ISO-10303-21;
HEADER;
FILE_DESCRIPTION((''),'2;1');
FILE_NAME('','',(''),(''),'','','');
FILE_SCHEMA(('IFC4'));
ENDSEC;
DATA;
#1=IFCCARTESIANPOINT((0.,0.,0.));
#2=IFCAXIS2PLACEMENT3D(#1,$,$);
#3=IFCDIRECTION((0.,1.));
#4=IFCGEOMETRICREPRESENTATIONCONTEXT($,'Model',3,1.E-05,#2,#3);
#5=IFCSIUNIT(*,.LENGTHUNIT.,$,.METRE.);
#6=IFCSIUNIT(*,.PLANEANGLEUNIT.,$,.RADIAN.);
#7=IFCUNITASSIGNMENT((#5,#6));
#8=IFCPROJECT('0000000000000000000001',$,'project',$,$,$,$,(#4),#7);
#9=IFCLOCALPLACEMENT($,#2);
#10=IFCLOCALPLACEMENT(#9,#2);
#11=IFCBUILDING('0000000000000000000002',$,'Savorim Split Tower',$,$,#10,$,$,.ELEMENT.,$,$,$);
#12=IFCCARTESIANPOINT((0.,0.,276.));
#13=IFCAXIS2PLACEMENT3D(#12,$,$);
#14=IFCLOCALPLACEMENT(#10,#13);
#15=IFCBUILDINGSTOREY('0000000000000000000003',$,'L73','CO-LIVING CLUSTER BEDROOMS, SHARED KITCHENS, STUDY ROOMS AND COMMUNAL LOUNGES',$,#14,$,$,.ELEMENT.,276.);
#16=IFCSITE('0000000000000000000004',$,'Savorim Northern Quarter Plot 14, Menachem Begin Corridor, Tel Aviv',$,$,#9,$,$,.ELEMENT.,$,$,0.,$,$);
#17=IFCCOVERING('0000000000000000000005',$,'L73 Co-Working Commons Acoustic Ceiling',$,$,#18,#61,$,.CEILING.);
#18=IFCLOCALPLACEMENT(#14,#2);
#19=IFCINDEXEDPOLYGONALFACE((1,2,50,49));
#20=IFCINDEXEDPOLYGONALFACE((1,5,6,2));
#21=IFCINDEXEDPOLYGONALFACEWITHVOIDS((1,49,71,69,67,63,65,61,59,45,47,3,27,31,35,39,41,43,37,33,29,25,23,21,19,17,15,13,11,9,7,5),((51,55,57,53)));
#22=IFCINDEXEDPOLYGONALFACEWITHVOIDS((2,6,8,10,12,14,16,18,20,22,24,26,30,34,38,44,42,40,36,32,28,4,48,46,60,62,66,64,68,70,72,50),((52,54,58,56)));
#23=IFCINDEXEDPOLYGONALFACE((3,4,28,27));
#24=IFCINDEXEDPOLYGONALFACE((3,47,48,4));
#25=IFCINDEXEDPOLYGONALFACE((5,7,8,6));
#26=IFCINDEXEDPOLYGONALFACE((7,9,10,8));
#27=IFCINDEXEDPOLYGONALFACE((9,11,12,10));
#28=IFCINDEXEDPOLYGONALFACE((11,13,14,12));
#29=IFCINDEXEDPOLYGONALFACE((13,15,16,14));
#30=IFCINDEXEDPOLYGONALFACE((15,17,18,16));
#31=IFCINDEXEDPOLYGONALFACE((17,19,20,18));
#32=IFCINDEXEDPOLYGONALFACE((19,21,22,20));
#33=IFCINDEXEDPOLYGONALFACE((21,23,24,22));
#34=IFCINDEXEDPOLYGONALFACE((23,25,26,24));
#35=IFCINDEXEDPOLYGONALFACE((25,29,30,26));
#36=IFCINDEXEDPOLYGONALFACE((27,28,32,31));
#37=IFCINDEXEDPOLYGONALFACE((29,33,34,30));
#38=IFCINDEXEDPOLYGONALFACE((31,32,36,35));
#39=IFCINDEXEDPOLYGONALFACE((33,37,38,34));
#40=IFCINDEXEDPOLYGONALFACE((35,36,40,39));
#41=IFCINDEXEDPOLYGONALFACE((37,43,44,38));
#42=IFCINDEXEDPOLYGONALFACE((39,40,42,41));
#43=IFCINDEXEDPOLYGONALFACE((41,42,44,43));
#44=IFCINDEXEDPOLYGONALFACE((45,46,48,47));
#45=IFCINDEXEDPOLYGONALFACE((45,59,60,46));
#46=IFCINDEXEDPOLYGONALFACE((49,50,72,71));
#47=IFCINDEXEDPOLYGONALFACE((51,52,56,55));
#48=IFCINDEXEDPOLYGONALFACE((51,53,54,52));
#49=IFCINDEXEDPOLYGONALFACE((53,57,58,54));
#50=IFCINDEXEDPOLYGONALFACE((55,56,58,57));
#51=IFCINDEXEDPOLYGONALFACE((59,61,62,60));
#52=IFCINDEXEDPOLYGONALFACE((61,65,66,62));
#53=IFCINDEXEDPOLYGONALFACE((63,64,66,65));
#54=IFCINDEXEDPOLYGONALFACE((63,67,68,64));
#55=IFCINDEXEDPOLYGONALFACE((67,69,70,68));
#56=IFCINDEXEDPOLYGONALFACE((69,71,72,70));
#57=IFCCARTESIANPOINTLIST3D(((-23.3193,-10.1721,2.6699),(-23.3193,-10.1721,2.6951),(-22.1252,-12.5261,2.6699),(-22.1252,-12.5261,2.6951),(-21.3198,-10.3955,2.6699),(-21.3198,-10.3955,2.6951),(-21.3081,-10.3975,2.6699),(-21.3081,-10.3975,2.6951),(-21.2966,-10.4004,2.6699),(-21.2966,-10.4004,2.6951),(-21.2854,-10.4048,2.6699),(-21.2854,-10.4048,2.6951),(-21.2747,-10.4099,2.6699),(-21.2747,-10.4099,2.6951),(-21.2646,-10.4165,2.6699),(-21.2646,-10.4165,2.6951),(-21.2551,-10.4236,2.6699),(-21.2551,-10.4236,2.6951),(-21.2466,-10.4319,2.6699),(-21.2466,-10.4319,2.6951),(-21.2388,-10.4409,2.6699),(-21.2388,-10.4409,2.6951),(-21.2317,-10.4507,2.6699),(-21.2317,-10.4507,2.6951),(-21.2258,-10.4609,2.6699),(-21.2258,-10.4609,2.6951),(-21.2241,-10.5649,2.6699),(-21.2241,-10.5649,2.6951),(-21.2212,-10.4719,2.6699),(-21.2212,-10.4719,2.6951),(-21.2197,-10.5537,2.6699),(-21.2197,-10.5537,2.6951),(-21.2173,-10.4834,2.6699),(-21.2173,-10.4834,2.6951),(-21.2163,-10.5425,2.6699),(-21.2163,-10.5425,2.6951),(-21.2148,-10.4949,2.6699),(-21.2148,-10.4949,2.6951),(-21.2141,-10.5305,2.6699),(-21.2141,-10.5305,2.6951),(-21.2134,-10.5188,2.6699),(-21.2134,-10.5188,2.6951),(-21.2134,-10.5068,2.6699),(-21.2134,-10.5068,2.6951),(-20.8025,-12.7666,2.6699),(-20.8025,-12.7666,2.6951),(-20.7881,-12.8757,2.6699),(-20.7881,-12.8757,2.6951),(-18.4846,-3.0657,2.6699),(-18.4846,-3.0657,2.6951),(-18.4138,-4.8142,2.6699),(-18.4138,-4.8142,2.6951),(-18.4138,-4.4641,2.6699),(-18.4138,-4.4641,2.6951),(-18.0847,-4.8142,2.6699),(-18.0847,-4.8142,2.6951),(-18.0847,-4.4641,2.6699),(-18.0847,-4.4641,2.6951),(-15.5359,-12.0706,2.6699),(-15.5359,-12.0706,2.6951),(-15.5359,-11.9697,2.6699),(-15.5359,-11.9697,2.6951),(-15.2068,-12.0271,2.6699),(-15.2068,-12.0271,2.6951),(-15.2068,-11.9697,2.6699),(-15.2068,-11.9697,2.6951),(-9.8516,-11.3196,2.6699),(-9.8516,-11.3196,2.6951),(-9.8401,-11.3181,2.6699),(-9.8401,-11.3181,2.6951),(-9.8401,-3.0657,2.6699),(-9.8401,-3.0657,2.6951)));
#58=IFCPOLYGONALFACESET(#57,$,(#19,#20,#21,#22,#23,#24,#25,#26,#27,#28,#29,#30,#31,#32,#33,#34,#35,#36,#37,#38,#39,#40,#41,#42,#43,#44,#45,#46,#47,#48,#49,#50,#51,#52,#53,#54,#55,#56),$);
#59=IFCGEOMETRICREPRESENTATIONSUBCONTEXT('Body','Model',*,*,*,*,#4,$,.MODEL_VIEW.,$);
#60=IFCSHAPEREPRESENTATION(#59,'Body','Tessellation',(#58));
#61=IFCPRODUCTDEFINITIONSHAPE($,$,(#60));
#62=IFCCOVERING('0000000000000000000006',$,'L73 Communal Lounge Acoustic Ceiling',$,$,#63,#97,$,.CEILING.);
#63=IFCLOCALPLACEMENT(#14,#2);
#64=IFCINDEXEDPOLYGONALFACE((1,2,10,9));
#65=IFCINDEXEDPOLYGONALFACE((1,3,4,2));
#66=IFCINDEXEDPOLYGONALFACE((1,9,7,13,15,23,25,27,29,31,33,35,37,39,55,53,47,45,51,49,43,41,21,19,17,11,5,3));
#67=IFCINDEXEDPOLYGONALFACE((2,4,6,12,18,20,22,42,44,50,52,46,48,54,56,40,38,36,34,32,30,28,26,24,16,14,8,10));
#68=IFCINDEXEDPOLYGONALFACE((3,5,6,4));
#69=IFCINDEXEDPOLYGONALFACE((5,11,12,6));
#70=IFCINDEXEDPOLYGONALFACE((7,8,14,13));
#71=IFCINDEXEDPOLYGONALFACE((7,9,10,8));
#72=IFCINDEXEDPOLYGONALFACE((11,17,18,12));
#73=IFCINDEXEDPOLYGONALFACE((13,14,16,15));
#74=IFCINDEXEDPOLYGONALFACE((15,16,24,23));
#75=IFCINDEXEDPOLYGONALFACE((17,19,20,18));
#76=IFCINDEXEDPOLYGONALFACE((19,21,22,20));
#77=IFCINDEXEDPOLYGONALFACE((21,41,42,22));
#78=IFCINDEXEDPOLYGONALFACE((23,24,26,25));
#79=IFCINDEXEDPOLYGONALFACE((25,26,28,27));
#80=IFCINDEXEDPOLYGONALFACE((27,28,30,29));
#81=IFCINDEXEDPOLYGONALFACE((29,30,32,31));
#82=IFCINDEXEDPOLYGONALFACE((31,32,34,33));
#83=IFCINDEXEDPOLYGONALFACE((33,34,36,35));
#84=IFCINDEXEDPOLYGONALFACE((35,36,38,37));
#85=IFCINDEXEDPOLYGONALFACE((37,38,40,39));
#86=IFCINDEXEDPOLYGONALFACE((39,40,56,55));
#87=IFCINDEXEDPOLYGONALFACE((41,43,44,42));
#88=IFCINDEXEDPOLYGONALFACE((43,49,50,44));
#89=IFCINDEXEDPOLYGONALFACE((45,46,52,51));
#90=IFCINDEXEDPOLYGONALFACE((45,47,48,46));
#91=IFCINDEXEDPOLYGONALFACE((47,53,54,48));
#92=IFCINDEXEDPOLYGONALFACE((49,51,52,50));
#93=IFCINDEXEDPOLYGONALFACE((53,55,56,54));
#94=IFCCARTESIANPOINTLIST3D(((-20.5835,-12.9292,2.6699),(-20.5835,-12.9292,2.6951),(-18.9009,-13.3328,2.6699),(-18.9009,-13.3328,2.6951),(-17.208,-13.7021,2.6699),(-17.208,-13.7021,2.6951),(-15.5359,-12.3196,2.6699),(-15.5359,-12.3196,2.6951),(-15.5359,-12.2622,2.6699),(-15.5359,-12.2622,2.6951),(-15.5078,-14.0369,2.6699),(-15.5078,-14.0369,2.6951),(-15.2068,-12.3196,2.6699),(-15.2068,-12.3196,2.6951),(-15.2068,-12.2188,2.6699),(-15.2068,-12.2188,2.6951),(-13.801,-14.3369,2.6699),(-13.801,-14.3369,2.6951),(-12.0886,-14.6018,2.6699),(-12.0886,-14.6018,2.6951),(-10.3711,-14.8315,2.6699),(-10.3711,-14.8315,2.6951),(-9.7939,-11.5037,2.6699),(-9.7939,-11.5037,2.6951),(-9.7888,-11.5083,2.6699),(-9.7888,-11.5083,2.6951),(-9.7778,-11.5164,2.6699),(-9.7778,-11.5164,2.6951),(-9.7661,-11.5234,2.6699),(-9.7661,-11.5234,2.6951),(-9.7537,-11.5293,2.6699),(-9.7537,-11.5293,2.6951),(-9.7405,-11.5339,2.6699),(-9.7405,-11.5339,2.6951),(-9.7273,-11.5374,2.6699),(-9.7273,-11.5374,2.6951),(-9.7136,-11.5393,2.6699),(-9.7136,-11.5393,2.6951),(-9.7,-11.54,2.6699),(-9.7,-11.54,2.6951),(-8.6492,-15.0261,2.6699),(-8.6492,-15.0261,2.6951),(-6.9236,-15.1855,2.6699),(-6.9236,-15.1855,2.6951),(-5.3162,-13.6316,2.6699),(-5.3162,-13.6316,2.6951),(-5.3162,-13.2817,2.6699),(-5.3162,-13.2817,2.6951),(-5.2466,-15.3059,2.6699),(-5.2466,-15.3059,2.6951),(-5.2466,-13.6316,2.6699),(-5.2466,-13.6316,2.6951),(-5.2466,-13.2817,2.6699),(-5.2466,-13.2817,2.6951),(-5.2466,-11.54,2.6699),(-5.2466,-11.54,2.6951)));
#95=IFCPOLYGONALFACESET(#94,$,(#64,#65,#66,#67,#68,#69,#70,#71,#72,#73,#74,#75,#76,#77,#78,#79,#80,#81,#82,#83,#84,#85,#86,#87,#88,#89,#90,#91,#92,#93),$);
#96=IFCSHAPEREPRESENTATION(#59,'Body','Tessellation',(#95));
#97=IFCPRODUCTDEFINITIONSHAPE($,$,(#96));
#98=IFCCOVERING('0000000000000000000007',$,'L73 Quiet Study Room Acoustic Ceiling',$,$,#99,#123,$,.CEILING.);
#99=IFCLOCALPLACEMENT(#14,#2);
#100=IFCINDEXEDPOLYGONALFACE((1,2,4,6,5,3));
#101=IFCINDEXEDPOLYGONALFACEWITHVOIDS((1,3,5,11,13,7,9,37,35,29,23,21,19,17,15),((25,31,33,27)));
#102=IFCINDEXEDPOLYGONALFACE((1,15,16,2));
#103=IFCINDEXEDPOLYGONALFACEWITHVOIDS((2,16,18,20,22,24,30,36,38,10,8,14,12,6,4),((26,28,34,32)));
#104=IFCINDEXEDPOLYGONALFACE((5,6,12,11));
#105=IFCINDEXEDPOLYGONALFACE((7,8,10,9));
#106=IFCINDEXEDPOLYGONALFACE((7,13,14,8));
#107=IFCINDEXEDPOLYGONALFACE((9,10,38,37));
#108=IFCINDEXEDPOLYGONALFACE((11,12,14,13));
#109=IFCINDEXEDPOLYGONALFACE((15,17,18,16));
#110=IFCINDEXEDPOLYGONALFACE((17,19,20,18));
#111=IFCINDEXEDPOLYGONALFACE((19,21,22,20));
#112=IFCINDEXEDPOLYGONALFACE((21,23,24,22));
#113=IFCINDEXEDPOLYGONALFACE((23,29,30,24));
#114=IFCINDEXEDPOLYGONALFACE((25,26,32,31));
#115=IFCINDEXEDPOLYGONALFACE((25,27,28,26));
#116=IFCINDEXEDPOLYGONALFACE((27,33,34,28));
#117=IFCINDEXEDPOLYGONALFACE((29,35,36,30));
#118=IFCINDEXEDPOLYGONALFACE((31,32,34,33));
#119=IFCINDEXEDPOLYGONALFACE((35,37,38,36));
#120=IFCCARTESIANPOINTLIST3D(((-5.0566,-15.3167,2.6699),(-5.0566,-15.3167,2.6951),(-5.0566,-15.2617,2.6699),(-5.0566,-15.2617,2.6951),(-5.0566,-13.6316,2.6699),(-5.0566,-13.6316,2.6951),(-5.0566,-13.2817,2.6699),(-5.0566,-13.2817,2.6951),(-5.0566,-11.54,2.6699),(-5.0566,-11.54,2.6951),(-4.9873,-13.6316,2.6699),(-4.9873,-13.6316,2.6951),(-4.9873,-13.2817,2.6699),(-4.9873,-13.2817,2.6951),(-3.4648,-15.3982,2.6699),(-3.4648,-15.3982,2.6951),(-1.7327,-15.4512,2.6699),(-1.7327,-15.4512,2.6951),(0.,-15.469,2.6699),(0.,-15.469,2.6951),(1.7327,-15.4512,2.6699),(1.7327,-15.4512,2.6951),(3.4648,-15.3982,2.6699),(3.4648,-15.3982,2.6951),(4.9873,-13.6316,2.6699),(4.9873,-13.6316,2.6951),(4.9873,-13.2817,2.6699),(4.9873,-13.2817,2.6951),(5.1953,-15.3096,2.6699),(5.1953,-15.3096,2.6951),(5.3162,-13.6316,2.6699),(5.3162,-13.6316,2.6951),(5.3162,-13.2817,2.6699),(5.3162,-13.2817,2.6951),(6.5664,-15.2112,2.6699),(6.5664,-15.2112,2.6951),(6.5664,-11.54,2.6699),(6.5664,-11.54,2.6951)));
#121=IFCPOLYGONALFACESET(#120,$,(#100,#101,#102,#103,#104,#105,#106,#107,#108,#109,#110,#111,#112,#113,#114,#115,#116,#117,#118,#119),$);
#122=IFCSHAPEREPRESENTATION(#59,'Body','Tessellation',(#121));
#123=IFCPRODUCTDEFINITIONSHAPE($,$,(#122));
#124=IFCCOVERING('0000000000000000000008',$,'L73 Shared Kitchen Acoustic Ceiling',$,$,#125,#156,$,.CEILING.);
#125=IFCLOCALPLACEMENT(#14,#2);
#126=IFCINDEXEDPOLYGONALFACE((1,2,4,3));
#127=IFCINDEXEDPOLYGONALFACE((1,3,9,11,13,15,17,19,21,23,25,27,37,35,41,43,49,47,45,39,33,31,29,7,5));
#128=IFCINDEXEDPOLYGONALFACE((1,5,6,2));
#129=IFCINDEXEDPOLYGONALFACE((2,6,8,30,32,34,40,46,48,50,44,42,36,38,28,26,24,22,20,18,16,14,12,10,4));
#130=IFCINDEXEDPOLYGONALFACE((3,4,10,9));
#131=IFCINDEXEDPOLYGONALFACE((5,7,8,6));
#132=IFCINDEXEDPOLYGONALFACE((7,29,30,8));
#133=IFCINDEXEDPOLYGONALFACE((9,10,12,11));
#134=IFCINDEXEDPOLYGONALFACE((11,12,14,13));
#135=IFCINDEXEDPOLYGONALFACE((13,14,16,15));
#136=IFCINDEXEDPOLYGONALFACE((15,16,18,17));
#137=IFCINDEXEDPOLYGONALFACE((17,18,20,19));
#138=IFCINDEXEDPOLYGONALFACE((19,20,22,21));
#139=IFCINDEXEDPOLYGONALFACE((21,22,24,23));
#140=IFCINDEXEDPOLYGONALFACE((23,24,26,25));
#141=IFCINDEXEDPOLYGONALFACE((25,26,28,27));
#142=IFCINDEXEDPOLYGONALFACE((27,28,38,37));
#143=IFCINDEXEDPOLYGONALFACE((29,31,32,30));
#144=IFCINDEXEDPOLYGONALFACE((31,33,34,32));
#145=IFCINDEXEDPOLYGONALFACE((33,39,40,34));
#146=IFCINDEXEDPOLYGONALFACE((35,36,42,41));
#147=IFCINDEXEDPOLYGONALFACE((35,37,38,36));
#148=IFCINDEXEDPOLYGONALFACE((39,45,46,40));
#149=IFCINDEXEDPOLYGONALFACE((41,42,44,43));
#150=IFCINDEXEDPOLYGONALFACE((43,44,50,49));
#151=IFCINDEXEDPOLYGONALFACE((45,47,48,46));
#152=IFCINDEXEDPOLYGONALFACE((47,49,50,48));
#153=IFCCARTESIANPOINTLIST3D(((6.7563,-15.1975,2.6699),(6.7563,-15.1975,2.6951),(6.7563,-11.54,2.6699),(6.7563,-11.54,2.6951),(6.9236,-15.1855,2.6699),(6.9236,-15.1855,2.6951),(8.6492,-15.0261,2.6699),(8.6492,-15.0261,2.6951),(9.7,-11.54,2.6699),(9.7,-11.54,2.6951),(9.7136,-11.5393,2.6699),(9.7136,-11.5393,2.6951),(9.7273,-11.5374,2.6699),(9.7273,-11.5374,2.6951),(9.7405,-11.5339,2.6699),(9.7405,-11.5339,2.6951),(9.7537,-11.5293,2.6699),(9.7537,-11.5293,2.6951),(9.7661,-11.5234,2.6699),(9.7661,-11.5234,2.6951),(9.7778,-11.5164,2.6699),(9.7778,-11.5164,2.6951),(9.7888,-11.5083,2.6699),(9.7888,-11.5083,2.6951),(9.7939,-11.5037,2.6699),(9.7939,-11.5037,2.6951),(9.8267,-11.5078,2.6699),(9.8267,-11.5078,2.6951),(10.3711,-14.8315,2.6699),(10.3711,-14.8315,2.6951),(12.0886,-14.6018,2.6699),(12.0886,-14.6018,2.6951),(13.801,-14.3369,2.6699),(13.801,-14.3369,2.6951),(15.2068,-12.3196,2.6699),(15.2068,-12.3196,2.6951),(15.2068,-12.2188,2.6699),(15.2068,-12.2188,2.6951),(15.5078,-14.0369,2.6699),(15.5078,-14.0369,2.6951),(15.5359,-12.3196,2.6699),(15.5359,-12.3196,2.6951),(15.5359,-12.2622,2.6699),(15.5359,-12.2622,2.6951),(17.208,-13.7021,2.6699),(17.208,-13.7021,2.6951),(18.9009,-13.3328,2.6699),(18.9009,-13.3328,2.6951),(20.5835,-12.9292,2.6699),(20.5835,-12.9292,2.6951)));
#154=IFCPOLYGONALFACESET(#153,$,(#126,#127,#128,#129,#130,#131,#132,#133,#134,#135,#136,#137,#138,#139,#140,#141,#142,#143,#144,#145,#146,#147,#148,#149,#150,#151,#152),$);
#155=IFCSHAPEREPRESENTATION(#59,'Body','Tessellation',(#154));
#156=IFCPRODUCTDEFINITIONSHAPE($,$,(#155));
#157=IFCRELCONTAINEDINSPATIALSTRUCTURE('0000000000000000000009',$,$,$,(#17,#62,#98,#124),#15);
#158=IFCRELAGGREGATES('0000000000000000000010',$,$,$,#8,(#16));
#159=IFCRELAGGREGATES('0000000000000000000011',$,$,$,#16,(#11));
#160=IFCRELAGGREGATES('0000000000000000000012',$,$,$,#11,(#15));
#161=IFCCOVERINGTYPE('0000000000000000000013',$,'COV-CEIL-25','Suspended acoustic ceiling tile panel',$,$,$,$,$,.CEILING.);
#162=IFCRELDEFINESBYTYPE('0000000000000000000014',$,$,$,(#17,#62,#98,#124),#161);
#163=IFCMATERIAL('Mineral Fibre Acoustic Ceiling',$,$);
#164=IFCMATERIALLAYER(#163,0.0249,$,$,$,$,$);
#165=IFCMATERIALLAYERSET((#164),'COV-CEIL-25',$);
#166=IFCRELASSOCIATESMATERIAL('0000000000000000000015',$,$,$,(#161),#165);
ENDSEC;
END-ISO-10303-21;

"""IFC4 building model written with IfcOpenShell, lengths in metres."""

from ifc_helpers import new_model, si_unit, direction, frame, origin, place, context, subcontext, project, spatial, polyline, outline, extrude, material, layer, layer_set, type_object, element, save


model = new_model("IFC4")

# Units and contexts
model_context = context("Model", 3, precision=1e-05, world=origin(), true_north=direction((0.0, 1.0)))
body_context = subcontext(model_context, "Body", "Model", "MODEL_VIEW")
ifc_project = project(units=[si_unit("LENGTHUNIT", "METRE"), si_unit("PLANEANGLEUNIT", "RADIAN")], contexts=[model_context])

# Site, building, storey
site_placement = place(None, origin())
site = spatial("IfcSite", under=ifc_project, at=site_placement, Name="Savorim Northern Quarter Plot 14, Menachem Begin Corridor, Tel Aviv", CompositionType="ELEMENT", RefElevation=0.0)
building_placement = place(site_placement, origin())
building = spatial("IfcBuilding", under=site, at=building_placement, Name="Savorim Split Tower", CompositionType="ELEMENT")
storey_placement = place(building_placement, frame((0.0, 0.0, 276.0)))
storey = spatial("IfcBuildingStorey", under=building, at=storey_placement, Name="L73", Description="CO-LIVING CLUSTER BEDROOMS, SHARED KITCHENS, STUDY ROOMS AND COMMUNAL LOUNGES", CompositionType="ELEMENT", Elevation=276.0)

# Coverings
ifc_material_1 = material(Name="Mineral Fibre Acoustic Ceiling")
ifc_layer_1 = layer(ifc_material_1, 0.0249)
ifc_layer_set_1 = layer_set([ifc_layer_1], Name="COV-CEIL-25")
covering_type_1 = type_object("IfcCoveringType", Name="COV-CEIL-25", Description="Suspended acoustic ceiling tile panel", PredefinedType="CEILING", material=ifc_layer_set_1)
covering_1_placement = place(storey_placement, frame((0.0, 0.0, 2.6699)))
element("IfcCovering", 1, at=covering_1_placement, inside=storey, type_object=covering_type_1, Name="L73 Co-Working Commons Acoustic Ceiling", PredefinedType="CEILING", context=body_context, shape_type="SweptSolid", body=[
    extrude(outline(polyline([(-21.2134, -10.5068), (-21.2134, -10.5188), (-21.2141, -10.5305), (-21.2163, -10.5425), (-21.2197, -10.5537), (-21.2241, -10.5649), (-22.1252, -12.5261), (-20.7881, -12.8757), (-20.8025, -12.7666), (-15.5359, -12.0706), (-15.5359, -11.9697), (-15.2068, -11.9697), (-15.2068, -12.0271), (-9.8516, -11.3196), (-9.8401, -11.3181), (-9.8401, -3.0657), (-18.4846, -3.0657), (-23.3193, -10.1721), (-21.3198, -10.3955), (-21.3081, -10.3975), (-21.2966, -10.4004), (-21.2854, -10.4048), (-21.2747, -10.4099), (-21.2646, -10.4165), (-21.2551, -10.4236), (-21.2466, -10.4319), (-21.2388, -10.4409), (-21.2317, -10.4507), (-21.2258, -10.4609), (-21.2212, -10.4719), (-21.2173, -10.4834), (-21.2148, -10.4949), (-21.2134, -10.5068)]), holes=[polyline([(-18.4138, -4.8142), (-18.0847, -4.8142), (-18.0847, -4.4641), (-18.4138, -4.4641), (-18.4138, -4.8142)])]), origin(), (0.0, 0.0, 1.0), 0.0251),
])
covering_2_placement = place(storey_placement, frame((0.0, 0.0, 2.6699)))
element("IfcCovering", 2, at=covering_2_placement, inside=storey, type_object=covering_type_1, Name="L73 Communal Lounge Acoustic Ceiling", PredefinedType="CEILING", context=body_context, shape_type="SweptSolid", body=[
    extrude(outline(polyline([(-12.0886, -14.6018), (-10.3711, -14.8315), (-8.6492, -15.0261), (-6.9236, -15.1855), (-5.2466, -15.3059), (-5.2466, -13.6316), (-5.3162, -13.6316), (-5.3162, -13.2817), (-5.2466, -13.2817), (-5.2466, -11.54), (-9.7, -11.54), (-9.7136, -11.5393), (-9.7273, -11.5374), (-9.7405, -11.5339), (-9.7537, -11.5293), (-9.7661, -11.5234), (-9.7778, -11.5164), (-9.7888, -11.5083), (-9.7939, -11.5037), (-15.2068, -12.2188), (-15.2068, -12.3196), (-15.5359, -12.3196), (-15.5359, -12.2622), (-20.5835, -12.9292), (-18.9009, -13.3328), (-17.208, -13.7021), (-15.5078, -14.0369), (-13.801, -14.3369), (-12.0886, -14.6018)])), origin(), (0.0, 0.0, 1.0), 0.0251),
])
covering_3_placement = place(storey_placement, frame((0.0, 0.0, 2.6699)))
element("IfcCovering", 3, at=covering_3_placement, inside=storey, type_object=covering_type_1, Name="L73 Quiet Study Room Acoustic Ceiling", PredefinedType="CEILING", context=body_context, shape_type="SweptSolid", body=[
    extrude(outline(polyline([(1.7327, -15.4512), (3.4648, -15.3982), (5.1953, -15.3096), (6.5664, -15.2112), (6.5664, -11.54), (-5.0566, -11.54), (-5.0566, -13.2817), (-4.9873, -13.2817), (-4.9873, -13.6316), (-5.0566, -13.6316), (-5.0566, -15.2617), (-5.0566, -15.3167), (-3.4648, -15.3982), (-1.7327, -15.4512), (0.0, -15.469), (1.7327, -15.4512)]), holes=[polyline([(4.9873, -13.6316), (5.3162, -13.6316), (5.3162, -13.2817), (4.9873, -13.2817), (4.9873, -13.6316)])]), origin(), (0.0, 0.0, 1.0), 0.0251),
])
covering_4_placement = place(storey_placement, frame((0.0, 0.0, 2.6699)))
element("IfcCovering", 4, at=covering_4_placement, inside=storey, type_object=covering_type_1, Name="L73 Shared Kitchen Acoustic Ceiling", PredefinedType="CEILING", context=body_context, shape_type="SweptSolid", body=[
    extrude(outline(polyline([(13.801, -14.3369), (15.5078, -14.0369), (17.208, -13.7021), (18.9009, -13.3328), (20.5835, -12.9292), (15.5359, -12.2622), (15.5359, -12.3196), (15.2068, -12.3196), (15.2068, -12.2188), (9.8267, -11.5078), (9.7939, -11.5037), (9.7888, -11.5083), (9.7778, -11.5164), (9.7661, -11.5234), (9.7537, -11.5293), (9.7405, -11.5339), (9.7273, -11.5374), (9.7136, -11.5393), (9.7, -11.54), (6.7563, -11.54), (6.7563, -15.1975), (6.9236, -15.1855), (8.6492, -15.0261), (10.3711, -14.8315), (12.0886, -14.6018), (13.801, -14.3369)])), origin(), (0.0, 0.0, 1.0), 0.0251),
])

save(model, "model.ifc")
